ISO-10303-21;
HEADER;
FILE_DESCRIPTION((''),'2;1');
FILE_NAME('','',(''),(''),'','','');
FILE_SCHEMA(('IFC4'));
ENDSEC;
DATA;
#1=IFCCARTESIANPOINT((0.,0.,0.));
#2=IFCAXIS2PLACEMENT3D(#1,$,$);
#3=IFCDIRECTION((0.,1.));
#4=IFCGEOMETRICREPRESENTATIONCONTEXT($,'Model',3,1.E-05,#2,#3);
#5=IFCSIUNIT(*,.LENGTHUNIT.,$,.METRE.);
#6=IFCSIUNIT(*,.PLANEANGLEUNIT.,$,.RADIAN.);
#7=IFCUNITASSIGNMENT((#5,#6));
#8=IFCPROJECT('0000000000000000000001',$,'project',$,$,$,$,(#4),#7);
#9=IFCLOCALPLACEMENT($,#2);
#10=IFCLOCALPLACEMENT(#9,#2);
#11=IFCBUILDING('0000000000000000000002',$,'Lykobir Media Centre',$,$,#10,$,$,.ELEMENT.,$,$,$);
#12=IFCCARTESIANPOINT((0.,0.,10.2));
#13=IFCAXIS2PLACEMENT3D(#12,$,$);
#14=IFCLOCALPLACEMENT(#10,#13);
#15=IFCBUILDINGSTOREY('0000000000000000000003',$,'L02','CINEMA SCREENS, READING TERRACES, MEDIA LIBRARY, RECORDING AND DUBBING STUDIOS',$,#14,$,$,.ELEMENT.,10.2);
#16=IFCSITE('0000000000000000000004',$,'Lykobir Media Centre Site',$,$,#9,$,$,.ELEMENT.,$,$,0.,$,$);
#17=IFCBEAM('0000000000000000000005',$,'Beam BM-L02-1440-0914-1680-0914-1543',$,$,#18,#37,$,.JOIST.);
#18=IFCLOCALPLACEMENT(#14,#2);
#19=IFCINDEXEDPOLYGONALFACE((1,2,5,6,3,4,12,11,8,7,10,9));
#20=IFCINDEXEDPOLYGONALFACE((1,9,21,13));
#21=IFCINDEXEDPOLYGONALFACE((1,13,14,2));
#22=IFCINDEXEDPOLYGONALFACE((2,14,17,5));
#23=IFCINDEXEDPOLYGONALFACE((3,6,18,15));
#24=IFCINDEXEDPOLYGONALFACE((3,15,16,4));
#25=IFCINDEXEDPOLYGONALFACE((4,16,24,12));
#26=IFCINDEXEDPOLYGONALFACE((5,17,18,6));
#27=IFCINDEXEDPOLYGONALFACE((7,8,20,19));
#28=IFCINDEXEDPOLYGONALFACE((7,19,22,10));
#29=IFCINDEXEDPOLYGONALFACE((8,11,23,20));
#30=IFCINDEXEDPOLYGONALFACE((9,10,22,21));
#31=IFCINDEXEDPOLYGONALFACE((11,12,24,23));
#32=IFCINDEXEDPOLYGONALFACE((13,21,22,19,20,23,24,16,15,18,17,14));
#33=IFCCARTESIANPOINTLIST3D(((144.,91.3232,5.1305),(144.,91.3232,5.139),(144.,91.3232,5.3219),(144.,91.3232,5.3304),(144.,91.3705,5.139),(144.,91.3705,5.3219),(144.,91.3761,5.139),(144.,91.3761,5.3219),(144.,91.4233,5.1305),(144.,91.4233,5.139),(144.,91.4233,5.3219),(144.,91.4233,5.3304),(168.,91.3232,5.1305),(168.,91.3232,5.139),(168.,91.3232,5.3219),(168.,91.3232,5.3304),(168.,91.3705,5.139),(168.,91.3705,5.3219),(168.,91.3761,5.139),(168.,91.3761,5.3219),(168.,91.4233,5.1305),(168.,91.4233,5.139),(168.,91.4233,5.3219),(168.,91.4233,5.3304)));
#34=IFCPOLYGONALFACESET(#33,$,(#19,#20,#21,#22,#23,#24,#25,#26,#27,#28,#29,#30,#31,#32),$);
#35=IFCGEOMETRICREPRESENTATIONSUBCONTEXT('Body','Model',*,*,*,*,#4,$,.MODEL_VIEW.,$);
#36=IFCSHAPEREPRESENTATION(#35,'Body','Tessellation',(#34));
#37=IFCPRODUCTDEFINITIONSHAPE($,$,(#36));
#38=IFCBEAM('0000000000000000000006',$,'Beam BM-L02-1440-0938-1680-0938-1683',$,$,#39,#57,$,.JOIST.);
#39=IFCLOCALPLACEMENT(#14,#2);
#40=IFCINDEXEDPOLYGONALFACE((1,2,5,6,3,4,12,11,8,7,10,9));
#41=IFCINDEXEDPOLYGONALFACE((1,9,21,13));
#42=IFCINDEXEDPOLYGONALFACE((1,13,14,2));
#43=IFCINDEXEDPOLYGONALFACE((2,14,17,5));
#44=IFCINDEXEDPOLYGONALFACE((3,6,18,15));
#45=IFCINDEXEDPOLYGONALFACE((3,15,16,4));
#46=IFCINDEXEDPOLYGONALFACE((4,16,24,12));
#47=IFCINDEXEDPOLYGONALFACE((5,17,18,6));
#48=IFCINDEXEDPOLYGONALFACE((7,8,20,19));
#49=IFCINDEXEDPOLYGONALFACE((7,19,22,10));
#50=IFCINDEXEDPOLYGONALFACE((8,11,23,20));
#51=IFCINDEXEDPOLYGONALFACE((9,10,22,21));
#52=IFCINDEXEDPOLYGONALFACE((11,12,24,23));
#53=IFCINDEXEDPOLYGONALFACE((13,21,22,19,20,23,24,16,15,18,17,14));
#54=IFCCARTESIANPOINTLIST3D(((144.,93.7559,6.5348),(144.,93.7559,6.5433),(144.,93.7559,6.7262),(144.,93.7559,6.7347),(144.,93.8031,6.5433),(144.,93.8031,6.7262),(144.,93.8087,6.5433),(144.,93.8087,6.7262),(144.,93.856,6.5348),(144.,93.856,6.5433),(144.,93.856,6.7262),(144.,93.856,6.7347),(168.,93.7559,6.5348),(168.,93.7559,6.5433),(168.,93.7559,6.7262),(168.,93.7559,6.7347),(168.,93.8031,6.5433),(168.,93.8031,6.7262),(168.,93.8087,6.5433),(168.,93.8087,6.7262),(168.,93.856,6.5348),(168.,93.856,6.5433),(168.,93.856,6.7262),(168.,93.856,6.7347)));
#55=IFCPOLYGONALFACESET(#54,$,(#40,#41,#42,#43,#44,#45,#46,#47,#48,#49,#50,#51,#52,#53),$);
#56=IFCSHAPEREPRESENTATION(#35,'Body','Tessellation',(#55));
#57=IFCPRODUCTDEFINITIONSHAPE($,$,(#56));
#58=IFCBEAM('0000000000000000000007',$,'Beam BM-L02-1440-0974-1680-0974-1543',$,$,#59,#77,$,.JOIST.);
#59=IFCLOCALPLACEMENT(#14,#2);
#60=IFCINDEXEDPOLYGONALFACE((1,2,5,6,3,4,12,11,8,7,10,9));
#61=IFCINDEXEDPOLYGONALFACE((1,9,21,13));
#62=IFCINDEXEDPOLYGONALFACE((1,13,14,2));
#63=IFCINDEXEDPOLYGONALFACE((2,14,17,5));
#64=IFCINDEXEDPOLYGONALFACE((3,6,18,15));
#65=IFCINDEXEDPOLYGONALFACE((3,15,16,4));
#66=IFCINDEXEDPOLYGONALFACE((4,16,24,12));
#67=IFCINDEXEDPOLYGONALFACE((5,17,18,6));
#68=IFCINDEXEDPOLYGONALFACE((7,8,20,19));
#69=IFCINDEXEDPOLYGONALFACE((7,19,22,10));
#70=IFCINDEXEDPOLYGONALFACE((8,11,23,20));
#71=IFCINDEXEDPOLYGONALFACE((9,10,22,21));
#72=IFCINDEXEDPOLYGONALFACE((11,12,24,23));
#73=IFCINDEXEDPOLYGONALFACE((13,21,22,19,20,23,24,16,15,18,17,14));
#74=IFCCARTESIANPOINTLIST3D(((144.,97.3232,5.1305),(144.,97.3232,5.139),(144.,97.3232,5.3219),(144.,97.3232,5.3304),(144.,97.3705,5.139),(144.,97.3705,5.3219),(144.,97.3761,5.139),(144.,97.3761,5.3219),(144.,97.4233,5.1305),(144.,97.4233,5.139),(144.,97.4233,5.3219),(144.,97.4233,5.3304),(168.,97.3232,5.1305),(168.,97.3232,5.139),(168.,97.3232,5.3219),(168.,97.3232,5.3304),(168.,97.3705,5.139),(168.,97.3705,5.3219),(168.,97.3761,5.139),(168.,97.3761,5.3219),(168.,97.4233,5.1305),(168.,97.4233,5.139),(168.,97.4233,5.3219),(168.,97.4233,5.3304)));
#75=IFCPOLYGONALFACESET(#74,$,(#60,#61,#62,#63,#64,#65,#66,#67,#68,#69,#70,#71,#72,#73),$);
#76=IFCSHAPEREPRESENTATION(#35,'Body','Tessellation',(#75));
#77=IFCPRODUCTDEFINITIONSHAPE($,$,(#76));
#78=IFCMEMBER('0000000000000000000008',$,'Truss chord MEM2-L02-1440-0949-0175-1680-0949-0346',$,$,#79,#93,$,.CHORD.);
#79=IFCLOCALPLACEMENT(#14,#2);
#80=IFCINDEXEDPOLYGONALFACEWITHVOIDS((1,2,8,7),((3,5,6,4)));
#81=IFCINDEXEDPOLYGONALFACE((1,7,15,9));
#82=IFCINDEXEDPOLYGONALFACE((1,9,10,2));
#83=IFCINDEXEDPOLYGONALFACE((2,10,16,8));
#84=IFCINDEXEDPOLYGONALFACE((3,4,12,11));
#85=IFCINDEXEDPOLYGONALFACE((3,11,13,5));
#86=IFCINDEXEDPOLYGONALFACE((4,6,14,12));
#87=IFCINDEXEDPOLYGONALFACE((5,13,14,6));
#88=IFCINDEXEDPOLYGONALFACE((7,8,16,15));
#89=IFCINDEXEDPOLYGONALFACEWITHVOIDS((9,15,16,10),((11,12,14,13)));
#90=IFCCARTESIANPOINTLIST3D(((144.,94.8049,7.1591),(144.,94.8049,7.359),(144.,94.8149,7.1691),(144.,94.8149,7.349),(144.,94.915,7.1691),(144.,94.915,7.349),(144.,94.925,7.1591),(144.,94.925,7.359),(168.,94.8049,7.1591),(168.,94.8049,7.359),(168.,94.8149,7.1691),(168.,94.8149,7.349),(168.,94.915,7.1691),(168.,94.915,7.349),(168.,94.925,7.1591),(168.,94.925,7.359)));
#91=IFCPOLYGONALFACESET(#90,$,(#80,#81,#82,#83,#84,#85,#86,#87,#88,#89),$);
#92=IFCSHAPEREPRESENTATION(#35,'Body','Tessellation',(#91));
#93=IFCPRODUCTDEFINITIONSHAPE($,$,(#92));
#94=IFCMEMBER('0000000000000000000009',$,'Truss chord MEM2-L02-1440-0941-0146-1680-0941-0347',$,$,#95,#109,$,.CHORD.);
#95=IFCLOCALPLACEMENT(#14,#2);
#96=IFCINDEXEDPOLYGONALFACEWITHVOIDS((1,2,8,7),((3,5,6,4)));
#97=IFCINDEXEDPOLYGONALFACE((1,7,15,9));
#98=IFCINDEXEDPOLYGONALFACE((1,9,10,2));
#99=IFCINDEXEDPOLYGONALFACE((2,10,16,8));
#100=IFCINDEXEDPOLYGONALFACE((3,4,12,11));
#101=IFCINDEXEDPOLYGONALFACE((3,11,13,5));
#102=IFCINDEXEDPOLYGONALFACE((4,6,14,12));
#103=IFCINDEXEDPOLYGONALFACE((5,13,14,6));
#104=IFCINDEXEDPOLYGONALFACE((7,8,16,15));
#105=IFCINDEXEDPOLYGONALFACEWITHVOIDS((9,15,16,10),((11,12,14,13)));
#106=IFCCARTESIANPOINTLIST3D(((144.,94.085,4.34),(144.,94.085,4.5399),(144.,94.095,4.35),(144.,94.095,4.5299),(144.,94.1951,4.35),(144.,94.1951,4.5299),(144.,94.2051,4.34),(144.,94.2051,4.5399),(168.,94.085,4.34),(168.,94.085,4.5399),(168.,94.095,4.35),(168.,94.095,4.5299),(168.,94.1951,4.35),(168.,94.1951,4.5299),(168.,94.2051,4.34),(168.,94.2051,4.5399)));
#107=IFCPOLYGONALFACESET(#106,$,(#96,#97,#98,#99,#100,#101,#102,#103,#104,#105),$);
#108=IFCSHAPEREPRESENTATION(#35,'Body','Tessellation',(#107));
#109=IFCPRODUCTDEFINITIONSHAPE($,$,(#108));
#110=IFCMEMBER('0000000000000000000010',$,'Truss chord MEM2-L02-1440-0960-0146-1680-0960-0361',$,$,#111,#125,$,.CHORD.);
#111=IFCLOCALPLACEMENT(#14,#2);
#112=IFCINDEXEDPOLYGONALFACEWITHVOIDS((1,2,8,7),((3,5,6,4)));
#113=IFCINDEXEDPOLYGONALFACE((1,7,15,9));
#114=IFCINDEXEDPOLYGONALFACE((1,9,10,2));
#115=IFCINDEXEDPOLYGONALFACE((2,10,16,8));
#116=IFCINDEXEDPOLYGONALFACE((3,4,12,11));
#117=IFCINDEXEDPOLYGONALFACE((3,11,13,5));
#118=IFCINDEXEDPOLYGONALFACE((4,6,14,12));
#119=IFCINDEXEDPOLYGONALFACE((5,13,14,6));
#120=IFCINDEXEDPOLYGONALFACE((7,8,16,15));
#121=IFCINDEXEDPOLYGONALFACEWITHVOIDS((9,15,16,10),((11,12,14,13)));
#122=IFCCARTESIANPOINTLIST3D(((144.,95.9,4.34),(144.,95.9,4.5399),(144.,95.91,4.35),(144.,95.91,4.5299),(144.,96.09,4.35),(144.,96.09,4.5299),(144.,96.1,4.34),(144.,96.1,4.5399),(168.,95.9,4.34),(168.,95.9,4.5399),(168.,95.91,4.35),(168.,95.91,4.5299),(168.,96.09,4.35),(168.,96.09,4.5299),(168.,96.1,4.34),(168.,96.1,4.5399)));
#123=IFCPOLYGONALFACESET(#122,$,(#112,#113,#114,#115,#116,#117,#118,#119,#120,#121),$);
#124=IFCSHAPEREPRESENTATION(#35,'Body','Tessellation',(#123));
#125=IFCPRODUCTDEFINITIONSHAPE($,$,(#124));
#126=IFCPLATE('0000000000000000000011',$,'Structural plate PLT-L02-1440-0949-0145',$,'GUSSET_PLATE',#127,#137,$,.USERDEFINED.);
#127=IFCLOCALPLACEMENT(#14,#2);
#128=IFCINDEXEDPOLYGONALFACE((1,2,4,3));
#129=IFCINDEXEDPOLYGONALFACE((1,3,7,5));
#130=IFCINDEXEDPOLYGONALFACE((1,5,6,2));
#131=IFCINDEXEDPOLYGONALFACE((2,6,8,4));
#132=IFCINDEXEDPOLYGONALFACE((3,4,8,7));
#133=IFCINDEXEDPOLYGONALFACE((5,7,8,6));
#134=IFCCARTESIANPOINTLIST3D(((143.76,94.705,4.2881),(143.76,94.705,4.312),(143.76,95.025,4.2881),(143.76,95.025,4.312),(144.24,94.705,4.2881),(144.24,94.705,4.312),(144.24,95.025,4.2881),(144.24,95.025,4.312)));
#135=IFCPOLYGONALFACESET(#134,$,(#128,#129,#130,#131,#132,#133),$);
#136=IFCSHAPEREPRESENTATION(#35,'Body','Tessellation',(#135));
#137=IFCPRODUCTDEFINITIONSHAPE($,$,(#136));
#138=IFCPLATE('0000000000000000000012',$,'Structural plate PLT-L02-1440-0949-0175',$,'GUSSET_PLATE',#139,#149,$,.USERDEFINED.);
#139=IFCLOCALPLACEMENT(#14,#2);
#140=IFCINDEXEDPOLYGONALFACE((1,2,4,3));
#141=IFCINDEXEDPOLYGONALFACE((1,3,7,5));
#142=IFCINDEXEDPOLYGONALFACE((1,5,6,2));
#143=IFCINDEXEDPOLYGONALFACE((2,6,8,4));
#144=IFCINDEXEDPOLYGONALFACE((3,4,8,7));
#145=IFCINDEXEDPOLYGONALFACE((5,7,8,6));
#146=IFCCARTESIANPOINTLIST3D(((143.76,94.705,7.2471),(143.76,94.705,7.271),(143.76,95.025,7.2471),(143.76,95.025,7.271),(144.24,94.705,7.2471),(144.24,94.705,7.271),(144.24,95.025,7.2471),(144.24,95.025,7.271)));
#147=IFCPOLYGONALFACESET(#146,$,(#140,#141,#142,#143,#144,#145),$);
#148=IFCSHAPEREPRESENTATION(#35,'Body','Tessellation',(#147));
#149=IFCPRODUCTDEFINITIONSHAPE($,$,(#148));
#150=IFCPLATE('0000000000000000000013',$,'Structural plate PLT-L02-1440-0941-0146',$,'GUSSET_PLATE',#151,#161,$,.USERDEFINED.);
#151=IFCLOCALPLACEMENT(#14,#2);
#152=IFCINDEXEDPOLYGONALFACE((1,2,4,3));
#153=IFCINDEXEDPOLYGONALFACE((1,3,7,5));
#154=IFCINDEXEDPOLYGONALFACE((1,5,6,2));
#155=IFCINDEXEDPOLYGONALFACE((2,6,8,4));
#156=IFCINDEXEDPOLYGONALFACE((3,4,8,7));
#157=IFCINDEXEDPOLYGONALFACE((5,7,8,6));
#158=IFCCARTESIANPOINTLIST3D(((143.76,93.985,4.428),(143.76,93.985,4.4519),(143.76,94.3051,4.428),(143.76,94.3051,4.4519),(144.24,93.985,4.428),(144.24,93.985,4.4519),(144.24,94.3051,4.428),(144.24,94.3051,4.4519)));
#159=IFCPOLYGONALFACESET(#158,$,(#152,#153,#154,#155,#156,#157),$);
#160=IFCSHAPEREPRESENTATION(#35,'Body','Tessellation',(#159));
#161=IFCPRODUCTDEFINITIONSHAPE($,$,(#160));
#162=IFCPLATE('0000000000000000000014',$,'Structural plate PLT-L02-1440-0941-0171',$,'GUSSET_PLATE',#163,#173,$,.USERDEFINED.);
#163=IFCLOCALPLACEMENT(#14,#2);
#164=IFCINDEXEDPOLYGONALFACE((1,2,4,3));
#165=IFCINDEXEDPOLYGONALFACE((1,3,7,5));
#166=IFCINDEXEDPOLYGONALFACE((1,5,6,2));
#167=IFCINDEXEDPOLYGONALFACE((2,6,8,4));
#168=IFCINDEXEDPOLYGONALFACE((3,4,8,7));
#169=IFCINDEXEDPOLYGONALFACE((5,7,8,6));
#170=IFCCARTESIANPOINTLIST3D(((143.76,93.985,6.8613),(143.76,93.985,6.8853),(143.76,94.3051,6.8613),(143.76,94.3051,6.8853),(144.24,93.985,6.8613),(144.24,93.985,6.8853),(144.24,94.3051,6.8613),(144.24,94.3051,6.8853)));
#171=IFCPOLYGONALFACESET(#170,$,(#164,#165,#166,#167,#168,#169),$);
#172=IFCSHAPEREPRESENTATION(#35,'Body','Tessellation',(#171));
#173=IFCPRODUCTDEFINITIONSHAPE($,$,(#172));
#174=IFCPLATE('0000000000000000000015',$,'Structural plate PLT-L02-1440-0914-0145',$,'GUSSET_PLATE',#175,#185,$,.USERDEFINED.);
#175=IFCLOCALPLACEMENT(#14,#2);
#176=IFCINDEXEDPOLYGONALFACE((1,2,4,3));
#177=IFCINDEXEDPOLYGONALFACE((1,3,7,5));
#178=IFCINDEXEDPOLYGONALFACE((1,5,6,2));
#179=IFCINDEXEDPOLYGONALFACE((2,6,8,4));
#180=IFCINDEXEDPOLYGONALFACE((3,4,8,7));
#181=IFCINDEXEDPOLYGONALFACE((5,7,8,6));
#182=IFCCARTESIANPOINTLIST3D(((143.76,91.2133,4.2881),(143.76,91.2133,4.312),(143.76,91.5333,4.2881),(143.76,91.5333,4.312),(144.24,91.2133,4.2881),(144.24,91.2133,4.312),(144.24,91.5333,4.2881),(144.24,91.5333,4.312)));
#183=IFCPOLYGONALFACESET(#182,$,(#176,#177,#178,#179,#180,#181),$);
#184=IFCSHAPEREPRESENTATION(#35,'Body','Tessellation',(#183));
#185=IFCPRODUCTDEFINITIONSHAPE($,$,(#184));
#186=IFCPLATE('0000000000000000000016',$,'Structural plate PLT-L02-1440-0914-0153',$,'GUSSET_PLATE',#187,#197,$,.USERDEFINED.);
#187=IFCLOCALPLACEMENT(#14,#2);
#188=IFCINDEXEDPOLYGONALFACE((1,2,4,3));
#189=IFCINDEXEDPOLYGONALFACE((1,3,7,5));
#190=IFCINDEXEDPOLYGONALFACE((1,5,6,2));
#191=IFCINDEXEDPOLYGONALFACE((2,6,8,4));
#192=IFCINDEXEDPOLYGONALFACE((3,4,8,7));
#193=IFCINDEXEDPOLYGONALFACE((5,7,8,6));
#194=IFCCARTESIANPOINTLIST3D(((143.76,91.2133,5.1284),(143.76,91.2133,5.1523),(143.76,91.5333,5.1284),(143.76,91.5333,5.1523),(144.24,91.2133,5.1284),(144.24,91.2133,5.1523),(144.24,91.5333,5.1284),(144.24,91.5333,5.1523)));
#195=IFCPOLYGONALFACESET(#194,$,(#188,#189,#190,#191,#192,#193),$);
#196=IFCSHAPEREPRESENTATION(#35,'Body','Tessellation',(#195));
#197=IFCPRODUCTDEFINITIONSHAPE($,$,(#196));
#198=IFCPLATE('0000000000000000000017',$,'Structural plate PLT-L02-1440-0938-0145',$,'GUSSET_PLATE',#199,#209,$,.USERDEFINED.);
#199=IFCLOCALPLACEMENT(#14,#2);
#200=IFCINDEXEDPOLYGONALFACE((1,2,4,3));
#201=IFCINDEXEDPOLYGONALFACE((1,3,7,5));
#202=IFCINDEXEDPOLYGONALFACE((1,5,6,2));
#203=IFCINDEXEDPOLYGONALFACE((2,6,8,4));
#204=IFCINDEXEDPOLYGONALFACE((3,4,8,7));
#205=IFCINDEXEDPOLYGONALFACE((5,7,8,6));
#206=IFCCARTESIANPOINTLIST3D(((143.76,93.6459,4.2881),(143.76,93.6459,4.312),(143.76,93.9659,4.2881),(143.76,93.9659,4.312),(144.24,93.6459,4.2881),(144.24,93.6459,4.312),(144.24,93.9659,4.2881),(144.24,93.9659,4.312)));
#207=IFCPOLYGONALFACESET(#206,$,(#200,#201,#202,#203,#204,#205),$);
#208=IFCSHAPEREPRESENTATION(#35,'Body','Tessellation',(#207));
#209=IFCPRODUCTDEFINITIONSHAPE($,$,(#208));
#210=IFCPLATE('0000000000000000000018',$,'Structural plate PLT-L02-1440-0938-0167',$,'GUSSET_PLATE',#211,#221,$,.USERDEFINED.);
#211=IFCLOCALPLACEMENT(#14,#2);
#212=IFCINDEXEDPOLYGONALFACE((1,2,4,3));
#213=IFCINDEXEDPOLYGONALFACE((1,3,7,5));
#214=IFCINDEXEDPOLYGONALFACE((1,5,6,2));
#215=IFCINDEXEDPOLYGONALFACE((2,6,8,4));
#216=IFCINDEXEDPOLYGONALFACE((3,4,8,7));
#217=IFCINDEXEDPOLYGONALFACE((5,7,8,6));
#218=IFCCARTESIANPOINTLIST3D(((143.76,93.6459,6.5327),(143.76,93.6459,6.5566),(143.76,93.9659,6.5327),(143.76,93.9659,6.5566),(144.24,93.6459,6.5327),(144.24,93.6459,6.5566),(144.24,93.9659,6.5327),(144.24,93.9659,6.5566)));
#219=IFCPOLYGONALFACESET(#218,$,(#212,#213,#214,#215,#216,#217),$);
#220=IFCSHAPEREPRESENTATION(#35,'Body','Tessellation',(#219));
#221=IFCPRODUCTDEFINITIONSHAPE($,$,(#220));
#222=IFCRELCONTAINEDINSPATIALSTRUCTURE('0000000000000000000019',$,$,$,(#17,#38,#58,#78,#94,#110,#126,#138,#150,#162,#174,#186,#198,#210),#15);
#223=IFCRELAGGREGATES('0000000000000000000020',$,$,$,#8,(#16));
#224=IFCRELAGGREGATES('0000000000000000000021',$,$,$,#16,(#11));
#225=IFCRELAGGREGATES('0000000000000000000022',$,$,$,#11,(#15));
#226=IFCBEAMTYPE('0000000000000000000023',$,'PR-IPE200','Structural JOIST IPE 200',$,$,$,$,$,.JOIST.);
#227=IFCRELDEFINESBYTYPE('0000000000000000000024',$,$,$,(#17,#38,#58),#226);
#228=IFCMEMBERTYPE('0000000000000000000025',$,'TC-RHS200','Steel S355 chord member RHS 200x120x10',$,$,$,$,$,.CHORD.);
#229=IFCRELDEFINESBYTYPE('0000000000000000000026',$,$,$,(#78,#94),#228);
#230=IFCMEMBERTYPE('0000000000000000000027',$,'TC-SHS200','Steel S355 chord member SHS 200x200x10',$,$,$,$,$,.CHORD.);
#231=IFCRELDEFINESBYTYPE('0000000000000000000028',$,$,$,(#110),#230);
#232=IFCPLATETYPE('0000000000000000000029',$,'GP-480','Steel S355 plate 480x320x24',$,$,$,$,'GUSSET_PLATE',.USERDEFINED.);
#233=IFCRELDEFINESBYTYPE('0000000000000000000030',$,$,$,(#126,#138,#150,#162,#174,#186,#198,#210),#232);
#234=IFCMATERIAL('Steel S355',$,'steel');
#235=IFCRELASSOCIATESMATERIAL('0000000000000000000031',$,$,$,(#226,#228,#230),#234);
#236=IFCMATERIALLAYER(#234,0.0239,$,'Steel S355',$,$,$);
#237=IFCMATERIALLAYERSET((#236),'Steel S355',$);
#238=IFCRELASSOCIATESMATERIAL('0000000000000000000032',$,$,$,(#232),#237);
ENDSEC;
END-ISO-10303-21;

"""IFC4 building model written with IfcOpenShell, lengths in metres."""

from ifc_helpers import new_model, si_unit, direction, frame, origin, origin_2d, place, context, subcontext, project, spatial, rectangle, hollow_rectangle, i_section, extrude, material, layer, layer_set, material_profile, profile_set, type_object, element, save


model = new_model("IFC4")

# Units and contexts
model_context = context("Model", 3, precision=1e-05, world=origin(), true_north=direction((0.0, 1.0)))
body_context = subcontext(model_context, "Body", "Model", "MODEL_VIEW")
ifc_project = project(units=[si_unit("LENGTHUNIT", "METRE"), si_unit("PLANEANGLEUNIT", "RADIAN")], contexts=[model_context])

# Site, building, storey
site_placement = place(None, origin())
site = spatial("IfcSite", under=ifc_project, at=site_placement, Name="Lykobir Media Centre Site", CompositionType="ELEMENT", RefElevation=0.0)
building_placement = place(site_placement, origin())
building = spatial("IfcBuilding", under=site, at=building_placement, Name="Lykobir Media Centre", CompositionType="ELEMENT")
storey_placement = place(building_placement, frame((0.0, 0.0, 10.2)))
storey = spatial("IfcBuildingStorey", under=building, at=storey_placement, Name="L02", Description="CINEMA SCREENS, READING TERRACES, MEDIA LIBRARY, RECORDING AND DUBBING STUDIOS", CompositionType="ELEMENT", Elevation=10.2)

# Shared definitions
ifc_material = material(Name="Steel S355", Category="steel")

# Beams
ifc_material_profile_1 = material_profile(ifc_material, i_section(OverallWidth=0.1001, OverallDepth=0.2, WebThickness=0.0056, FlangeThickness=0.0085, at=origin_2d()), Name="IPE 200")
ifc_profile_set_1 = profile_set([ifc_material_profile_1], Name="Steel S355")
beam_type = type_object("IfcBeamType", Name="PR-IPE200", Description="Structural JOIST IPE 200", PredefinedType="JOIST", material=ifc_profile_set_1)
for number, where, z_axis, x_axis, name in (
    (1, (144.0, 91.3733, 5.2305), (1.0, 0.0, 0.0), (0.0, 1.0, 0.0), "Beam BM-L02-1440-0914-1680-0914-1543"),
    (2, (144.0, 93.8059, 6.6348), (1.0, 0.0, 0.0), (0.0, 1.0, 0.0), "Beam BM-L02-1440-0938-1680-0938-1683"),
    (3, (144.0, 97.3733, 5.2305), (1.0, 0.0, 0.0), (0.0, 1.0, 0.0), "Beam BM-L02-1440-0974-1680-0974-1543"),
):
    element("IfcBeam", number, at=place(storey_placement, frame(where, z_axis=z_axis, x_axis=x_axis)), inside=storey, type_object=beam_type, Name=name, PredefinedType="JOIST", context=body_context, shape_type="SweptSolid", body=[
        extrude(i_section(OverallWidth=0.1001, OverallDepth=0.2, WebThickness=0.0056, FlangeThickness=0.0085, at=origin_2d()), origin(), (0.0, 0.0, 1.0), 24.0),
    ])

# Members
ifc_material_profile_2 = material_profile(ifc_material, hollow_rectangle(XDim=0.1201, YDim=0.2, WallThickness=0.01, at=origin_2d()), Name="RHS 200x120x10")
ifc_profile_set_2 = profile_set([ifc_material_profile_2], Name="Steel S355")
member_type_1 = type_object("IfcMemberType", Name="TC-RHS200", Description="Steel S355 chord member RHS 200x120x10", PredefinedType="CHORD", material=ifc_profile_set_2)
for number, where, z_axis, x_axis, name in (
    (4, (144.0, 94.865, 7.259), (1.0, 0.0, 0.0), (0.0, 1.0, 0.0), "Truss chord MEM2-L02-1440-0949-0175-1680-0949-0346"),
    (5, (144.0, 94.145, 4.4399), (1.0, 0.0, 0.0), (0.0, 1.0, 0.0), "Truss chord MEM2-L02-1440-0941-0146-1680-0941-0347"),
):
    element("IfcMember", number, at=place(storey_placement, frame(where, z_axis=z_axis, x_axis=x_axis)), inside=storey, type_object=member_type_1, Name=name, PredefinedType="CHORD", context=body_context, shape_type="SweptSolid", body=[
        extrude(hollow_rectangle(XDim=0.1201, YDim=0.2, WallThickness=0.01, at=origin_2d()), origin(), (0.0, 0.0, 1.0), 24.0),
    ])
ifc_material_profile_3 = material_profile(ifc_material, hollow_rectangle(XDim=0.2, YDim=0.2, WallThickness=0.01, at=origin_2d()), Name="SHS 200x200x10")
ifc_profile_set_3 = profile_set([ifc_material_profile_3], Name="Steel S355")
member_type_2 = type_object("IfcMemberType", Name="TC-SHS200", Description="Steel S355 chord member SHS 200x200x10", PredefinedType="CHORD", material=ifc_profile_set_3)
member_1_placement = place(storey_placement, frame((144.0, 96.0, 4.4399), z_axis=(1.0, 0.0, 0.0), x_axis=(0.0, 1.0, 0.0)))
element("IfcMember", 6, at=member_1_placement, inside=storey, type_object=member_type_2, Name="Truss chord MEM2-L02-1440-0960-0146-1680-0960-0361", PredefinedType="CHORD", context=body_context, shape_type="SweptSolid", body=[
    extrude(hollow_rectangle(XDim=0.2, YDim=0.2, WallThickness=0.01, at=origin_2d()), origin(), (0.0, 0.0, 1.0), 24.0),
])

# Plates
ifc_layer = layer(ifc_material, 0.0239, Name="Steel S355")
ifc_layer_set = layer_set([ifc_layer], Name="Steel S355")
plate_type = type_object("IfcPlateType", Name="GP-480", Description="Steel S355 plate 480x320x24", ElementType="GUSSET_PLATE", PredefinedType="USERDEFINED", material=ifc_layer_set)
for number, where, z_axis, x_axis, name in (
    (7, (144.0, 94.865, 4.2881), (0.0, 0.0, 1.0), (1.0, 0.0, 0.0), "Structural plate PLT-L02-1440-0949-0145"),
    (8, (144.0, 94.865, 7.2471), (0.0, 0.0, 1.0), (1.0, 0.0, 0.0), "Structural plate PLT-L02-1440-0949-0175"),
    (9, (144.0, 94.145, 4.428), (0.0, 0.0, 1.0), (1.0, 0.0, 0.0), "Structural plate PLT-L02-1440-0941-0146"),
    (10, (144.0, 94.145, 6.8613), (0.0, 0.0, 1.0), (1.0, 0.0, 0.0), "Structural plate PLT-L02-1440-0941-0171"),
    (11, (144.0, 91.3733, 4.2881), (0.0, 0.0, 1.0), (1.0, 0.0, 0.0), "Structural plate PLT-L02-1440-0914-0145"),
    (12, (144.0, 91.3733, 5.1284), (0.0, 0.0, 1.0), (1.0, 0.0, 0.0), "Structural plate PLT-L02-1440-0914-0153"),
    (13, (144.0, 93.8059, 4.2881), (0.0, 0.0, 1.0), (1.0, 0.0, 0.0), "Structural plate PLT-L02-1440-0938-0145"),
    (14, (144.0, 93.8059, 6.5327), (0.0, 0.0, 1.0), (1.0, 0.0, 0.0), "Structural plate PLT-L02-1440-0938-0167"),
):
    element("IfcPlate", number, at=place(storey_placement, frame(where, z_axis=z_axis, x_axis=x_axis)), inside=storey, type_object=plate_type, Name=name, ObjectType="GUSSET_PLATE", PredefinedType="USERDEFINED", context=body_context, shape_type="SweptSolid", body=[
        extrude(rectangle(XDim=0.48, YDim=0.3201, at=origin_2d()), origin(), (0.0, 0.0, 1.0), 0.0239),
    ])

save(model, "model.ifc")
